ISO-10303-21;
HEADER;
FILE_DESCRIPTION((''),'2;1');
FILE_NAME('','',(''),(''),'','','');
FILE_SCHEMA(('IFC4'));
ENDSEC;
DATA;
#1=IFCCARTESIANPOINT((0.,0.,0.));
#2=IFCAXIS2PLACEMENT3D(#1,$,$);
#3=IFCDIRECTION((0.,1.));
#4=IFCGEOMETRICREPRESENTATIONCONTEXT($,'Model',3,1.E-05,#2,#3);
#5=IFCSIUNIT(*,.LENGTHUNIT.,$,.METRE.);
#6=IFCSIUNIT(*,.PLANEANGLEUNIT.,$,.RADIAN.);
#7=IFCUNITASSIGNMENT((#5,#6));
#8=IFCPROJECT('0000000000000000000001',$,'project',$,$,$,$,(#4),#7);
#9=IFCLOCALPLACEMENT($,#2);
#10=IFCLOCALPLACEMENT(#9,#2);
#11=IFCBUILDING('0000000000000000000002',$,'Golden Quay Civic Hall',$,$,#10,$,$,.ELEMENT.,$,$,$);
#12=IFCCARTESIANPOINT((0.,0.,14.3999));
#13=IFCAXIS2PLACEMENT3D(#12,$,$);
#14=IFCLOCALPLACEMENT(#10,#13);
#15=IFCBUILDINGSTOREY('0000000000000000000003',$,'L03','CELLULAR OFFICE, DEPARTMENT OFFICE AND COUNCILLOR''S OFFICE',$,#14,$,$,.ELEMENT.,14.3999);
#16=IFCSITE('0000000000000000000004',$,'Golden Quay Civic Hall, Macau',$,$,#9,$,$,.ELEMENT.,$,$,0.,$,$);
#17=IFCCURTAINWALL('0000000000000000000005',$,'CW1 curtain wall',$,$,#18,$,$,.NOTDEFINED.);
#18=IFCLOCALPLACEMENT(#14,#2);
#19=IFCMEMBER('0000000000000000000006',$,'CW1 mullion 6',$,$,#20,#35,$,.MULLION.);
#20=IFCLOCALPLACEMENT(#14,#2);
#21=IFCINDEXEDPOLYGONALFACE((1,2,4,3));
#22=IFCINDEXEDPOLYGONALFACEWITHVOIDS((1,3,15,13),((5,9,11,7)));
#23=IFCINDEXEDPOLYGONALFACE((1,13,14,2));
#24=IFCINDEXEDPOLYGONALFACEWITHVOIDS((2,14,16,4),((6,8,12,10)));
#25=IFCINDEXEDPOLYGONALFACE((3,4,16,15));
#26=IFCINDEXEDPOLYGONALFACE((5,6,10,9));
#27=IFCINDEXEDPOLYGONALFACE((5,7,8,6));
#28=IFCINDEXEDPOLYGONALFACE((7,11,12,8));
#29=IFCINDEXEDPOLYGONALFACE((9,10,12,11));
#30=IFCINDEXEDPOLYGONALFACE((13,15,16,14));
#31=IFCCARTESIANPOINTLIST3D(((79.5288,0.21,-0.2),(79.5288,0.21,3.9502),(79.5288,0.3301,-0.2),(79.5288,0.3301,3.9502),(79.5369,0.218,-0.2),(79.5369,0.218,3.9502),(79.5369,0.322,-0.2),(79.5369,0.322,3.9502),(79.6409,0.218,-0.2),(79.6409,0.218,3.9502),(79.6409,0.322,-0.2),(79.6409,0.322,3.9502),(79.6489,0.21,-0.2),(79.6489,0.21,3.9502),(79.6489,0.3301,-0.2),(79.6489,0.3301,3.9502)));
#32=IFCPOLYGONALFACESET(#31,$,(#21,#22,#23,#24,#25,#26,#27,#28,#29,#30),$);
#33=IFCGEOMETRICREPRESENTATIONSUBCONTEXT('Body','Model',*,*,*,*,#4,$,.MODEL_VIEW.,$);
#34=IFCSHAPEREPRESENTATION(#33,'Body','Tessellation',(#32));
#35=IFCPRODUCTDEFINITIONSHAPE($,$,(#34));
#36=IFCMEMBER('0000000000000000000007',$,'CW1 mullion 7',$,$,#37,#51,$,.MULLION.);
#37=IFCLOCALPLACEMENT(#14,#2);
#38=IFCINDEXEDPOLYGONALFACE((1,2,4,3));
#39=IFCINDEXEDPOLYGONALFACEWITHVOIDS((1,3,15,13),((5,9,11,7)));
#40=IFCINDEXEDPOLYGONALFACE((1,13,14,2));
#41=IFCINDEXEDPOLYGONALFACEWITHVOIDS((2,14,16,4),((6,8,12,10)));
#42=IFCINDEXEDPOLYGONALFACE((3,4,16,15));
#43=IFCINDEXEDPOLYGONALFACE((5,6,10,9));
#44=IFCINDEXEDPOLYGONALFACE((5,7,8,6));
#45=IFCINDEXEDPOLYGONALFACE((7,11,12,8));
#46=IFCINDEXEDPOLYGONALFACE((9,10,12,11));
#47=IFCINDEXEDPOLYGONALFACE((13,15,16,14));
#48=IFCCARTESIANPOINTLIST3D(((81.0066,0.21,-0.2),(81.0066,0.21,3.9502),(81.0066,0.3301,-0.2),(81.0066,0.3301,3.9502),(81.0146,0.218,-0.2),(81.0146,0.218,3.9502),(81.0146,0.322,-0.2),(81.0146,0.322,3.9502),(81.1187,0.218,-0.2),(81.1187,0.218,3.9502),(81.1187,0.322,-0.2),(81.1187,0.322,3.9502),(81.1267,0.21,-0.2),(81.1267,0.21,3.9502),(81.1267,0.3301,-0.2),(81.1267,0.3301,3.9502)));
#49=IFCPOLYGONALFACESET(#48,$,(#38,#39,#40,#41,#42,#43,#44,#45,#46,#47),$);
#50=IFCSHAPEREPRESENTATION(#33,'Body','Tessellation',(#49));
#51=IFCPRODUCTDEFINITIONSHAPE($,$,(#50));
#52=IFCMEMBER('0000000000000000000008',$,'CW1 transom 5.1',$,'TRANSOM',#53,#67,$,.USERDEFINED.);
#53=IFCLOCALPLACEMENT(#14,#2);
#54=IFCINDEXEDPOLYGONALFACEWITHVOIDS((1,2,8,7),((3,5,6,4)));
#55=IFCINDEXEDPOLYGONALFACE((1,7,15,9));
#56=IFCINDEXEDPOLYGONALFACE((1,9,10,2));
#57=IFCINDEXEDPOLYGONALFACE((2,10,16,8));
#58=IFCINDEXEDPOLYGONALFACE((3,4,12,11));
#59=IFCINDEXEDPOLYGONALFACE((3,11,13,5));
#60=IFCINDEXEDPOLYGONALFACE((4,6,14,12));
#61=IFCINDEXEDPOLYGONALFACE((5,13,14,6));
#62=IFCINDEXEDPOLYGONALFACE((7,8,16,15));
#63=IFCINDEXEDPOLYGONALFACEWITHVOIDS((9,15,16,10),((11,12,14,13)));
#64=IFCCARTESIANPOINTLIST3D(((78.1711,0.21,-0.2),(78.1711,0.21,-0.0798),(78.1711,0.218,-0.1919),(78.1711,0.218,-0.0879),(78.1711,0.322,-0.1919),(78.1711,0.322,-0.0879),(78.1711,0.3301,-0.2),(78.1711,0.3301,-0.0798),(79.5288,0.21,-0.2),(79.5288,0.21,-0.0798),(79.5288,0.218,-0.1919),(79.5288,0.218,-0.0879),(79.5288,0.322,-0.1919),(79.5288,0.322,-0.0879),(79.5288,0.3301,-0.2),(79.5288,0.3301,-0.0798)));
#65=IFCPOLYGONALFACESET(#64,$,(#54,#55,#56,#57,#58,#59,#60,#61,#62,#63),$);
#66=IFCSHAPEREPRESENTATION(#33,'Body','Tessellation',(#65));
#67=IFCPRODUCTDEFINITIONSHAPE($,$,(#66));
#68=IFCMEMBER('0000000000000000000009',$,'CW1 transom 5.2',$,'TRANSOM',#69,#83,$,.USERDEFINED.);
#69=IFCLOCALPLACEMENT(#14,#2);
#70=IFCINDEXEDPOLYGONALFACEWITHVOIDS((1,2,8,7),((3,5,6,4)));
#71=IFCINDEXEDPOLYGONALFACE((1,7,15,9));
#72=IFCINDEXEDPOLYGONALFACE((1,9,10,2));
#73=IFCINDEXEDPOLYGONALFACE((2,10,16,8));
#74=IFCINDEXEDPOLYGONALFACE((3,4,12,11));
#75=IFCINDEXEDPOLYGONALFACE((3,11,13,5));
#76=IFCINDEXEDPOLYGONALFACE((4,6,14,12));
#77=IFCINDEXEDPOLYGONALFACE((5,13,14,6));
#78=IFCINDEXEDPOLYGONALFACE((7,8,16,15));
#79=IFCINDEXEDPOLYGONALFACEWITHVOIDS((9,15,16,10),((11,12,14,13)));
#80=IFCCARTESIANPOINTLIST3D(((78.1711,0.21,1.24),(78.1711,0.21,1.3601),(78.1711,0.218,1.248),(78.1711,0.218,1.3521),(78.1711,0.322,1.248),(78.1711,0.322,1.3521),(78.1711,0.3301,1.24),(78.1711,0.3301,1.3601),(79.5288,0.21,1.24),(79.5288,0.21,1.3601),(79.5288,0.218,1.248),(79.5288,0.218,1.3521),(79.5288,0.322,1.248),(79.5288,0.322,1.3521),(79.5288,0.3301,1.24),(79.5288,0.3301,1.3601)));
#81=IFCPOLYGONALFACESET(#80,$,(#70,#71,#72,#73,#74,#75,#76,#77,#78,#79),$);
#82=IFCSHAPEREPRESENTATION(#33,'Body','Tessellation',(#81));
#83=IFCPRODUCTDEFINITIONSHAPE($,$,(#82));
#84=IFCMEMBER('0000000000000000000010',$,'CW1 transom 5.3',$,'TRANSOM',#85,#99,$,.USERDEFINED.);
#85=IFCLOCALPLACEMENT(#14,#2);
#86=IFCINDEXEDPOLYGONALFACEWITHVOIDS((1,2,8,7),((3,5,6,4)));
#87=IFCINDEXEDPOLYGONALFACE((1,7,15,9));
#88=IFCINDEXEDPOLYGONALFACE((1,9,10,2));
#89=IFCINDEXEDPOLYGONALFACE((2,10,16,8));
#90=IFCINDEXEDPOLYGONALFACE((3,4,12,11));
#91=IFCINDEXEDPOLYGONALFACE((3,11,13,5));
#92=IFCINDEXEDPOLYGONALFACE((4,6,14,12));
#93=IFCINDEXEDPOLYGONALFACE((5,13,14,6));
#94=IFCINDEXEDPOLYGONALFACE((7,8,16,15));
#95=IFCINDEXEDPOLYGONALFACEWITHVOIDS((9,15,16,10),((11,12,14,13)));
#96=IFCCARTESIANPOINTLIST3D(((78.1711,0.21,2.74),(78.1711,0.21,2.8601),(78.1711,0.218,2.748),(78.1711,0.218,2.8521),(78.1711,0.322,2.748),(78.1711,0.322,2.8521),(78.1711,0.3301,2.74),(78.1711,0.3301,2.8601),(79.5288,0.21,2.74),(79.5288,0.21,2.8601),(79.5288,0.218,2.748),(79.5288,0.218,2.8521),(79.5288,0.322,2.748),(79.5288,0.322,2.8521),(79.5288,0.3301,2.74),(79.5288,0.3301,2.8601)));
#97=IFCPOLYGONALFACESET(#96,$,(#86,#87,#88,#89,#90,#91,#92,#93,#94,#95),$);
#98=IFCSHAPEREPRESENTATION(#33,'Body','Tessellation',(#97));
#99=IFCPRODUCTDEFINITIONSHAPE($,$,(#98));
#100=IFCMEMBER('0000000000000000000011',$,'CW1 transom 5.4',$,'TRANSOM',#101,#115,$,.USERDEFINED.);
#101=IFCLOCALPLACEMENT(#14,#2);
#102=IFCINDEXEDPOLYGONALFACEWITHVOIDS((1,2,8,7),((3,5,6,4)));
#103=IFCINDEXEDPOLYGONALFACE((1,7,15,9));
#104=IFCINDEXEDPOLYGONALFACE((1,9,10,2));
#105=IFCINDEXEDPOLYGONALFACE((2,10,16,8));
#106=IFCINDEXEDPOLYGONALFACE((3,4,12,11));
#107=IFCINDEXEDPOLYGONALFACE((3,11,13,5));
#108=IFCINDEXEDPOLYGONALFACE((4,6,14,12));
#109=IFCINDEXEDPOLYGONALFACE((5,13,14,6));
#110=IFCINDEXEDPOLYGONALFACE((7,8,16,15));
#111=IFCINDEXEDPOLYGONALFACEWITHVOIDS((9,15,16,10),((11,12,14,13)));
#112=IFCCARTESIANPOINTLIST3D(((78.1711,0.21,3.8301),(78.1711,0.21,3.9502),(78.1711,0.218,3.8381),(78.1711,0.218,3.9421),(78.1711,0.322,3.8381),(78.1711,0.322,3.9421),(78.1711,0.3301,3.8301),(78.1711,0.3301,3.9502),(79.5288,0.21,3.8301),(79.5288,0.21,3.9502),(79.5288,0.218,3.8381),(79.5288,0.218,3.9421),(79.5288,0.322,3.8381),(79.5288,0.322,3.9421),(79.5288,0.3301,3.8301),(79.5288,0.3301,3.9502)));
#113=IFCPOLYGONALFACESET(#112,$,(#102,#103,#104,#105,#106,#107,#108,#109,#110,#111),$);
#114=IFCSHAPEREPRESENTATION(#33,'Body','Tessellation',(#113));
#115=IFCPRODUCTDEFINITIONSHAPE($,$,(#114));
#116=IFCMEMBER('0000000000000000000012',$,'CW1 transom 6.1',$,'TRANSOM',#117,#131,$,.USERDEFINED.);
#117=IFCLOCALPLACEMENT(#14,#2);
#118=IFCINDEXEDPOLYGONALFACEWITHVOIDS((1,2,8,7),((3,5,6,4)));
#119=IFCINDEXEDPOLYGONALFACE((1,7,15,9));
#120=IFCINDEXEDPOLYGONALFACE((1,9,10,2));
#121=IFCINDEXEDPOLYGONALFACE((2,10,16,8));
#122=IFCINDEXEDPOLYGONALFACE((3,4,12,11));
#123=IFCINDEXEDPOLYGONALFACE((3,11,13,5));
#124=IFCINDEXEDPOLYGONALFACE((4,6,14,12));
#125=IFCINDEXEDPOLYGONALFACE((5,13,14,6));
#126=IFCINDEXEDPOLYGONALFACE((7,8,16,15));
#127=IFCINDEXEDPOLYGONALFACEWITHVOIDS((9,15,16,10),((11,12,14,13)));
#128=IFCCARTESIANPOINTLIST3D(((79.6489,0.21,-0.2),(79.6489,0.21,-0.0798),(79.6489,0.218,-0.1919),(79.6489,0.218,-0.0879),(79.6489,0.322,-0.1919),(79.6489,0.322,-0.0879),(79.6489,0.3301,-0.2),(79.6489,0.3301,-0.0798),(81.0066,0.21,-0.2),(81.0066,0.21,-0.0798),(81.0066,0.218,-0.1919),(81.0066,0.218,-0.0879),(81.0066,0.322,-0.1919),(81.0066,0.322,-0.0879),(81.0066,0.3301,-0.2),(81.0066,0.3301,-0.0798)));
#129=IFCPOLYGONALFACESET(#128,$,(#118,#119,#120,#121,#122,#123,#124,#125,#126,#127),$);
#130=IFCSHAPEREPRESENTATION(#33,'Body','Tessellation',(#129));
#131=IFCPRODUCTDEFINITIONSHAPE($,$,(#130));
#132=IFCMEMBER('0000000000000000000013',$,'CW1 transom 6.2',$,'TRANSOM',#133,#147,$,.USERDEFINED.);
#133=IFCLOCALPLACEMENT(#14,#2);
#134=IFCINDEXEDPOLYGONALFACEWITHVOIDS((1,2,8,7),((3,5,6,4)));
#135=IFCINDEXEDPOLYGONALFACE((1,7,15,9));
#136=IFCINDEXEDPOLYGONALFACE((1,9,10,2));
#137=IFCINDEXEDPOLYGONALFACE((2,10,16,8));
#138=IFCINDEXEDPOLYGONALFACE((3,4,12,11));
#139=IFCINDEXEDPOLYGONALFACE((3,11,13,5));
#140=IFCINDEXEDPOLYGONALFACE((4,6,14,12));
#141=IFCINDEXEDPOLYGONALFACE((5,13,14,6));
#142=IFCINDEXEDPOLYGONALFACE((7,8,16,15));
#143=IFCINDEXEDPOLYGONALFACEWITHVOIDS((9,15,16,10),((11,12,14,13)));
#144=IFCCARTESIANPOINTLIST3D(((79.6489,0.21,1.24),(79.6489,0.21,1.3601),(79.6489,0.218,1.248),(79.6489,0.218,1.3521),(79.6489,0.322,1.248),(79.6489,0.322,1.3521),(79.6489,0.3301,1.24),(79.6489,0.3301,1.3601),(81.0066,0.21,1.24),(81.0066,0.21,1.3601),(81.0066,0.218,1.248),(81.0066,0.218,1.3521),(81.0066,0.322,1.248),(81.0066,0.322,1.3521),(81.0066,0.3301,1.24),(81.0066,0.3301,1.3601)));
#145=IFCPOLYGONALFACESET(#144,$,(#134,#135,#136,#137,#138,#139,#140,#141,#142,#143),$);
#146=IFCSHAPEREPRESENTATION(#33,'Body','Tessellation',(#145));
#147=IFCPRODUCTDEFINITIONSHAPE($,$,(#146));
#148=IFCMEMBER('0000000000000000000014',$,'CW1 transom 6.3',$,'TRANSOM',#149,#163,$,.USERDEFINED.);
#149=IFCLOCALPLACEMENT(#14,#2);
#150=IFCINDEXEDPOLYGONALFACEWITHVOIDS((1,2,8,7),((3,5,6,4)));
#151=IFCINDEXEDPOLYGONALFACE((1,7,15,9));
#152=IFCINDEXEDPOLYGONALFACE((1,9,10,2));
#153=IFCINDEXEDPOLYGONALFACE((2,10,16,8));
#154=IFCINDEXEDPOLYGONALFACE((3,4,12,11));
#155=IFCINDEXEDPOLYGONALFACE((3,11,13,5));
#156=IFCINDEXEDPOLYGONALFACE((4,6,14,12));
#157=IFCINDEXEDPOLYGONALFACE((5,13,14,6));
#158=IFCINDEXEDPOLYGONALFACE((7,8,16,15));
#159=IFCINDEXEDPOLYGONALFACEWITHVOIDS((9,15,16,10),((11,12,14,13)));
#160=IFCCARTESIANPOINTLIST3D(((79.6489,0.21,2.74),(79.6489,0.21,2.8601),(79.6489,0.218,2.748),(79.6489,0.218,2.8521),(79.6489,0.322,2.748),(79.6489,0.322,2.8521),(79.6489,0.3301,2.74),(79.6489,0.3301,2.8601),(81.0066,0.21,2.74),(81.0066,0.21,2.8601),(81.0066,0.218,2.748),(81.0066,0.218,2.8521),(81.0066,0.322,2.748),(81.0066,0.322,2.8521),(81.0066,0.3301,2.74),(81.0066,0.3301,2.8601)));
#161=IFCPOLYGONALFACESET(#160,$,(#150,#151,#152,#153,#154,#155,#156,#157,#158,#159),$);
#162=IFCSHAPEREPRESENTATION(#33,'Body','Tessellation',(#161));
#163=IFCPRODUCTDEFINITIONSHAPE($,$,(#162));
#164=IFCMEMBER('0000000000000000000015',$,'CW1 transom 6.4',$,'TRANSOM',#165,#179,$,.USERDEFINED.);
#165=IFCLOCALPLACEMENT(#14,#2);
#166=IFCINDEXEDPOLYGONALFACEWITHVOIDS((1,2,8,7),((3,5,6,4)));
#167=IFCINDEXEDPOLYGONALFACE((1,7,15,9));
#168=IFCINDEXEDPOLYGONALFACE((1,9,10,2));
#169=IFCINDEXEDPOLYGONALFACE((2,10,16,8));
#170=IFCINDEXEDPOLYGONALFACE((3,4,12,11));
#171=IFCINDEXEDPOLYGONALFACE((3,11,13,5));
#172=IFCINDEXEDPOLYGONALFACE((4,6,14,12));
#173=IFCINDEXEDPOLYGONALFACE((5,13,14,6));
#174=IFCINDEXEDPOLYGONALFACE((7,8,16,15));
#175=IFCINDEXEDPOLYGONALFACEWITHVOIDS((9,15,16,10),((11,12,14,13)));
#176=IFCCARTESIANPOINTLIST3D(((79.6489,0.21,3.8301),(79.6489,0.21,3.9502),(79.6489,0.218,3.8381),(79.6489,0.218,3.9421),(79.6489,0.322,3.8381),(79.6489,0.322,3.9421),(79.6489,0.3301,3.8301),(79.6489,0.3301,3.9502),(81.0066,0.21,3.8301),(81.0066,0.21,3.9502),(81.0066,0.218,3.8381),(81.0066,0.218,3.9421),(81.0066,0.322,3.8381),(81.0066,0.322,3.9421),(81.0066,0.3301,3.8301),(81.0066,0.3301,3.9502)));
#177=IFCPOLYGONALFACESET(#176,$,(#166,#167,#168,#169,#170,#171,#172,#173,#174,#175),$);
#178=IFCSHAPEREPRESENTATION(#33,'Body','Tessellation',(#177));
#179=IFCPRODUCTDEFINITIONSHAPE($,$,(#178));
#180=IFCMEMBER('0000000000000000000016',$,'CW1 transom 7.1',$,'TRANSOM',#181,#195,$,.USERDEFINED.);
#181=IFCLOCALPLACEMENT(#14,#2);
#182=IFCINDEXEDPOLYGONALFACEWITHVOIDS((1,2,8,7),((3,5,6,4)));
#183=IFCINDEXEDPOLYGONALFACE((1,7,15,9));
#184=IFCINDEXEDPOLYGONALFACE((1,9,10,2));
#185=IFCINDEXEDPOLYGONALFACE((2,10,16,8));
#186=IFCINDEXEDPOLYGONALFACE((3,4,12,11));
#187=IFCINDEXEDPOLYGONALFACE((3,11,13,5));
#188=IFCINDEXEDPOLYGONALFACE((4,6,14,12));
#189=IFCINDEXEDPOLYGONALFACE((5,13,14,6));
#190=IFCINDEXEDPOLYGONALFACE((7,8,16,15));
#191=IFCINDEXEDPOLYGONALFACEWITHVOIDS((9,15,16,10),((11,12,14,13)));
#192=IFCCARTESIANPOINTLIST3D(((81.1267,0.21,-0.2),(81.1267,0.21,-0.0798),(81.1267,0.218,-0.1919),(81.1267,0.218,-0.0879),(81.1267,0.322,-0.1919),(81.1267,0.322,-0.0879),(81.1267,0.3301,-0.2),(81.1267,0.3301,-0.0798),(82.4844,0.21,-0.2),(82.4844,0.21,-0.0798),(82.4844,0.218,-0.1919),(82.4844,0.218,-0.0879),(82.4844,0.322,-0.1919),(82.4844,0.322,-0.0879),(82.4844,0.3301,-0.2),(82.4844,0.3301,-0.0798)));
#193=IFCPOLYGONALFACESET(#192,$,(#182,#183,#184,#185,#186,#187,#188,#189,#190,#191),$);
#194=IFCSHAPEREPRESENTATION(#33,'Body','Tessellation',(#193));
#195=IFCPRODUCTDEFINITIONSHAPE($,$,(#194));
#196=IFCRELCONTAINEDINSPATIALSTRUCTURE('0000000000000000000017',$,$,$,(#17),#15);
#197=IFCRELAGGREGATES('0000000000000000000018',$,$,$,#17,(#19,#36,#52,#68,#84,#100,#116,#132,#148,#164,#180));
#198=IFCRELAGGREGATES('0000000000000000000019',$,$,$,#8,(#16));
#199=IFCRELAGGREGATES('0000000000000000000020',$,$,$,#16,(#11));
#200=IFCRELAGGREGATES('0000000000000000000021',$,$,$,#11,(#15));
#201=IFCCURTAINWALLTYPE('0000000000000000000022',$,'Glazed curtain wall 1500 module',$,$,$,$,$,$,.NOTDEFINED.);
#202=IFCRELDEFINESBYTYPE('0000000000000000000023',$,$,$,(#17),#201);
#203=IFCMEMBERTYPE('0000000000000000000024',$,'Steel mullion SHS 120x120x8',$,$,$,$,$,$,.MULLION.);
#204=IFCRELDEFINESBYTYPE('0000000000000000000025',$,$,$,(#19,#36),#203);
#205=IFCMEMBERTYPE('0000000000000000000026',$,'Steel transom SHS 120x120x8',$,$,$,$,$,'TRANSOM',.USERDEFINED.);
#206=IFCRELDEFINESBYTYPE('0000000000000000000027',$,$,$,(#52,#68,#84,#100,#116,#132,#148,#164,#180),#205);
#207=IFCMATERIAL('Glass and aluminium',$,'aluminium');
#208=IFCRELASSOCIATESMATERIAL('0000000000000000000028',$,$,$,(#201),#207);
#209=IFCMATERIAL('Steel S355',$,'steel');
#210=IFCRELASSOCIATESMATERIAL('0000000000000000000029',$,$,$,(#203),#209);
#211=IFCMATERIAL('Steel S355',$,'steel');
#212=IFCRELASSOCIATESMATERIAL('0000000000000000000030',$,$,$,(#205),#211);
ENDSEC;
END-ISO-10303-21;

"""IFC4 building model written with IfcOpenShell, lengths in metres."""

from ifc_helpers import new_model, si_unit, direction, frame, origin, origin_2d, place, context, subcontext, project, spatial, hollow_rectangle, extrude, material, material_profile, profile_set, type_object, element, aggregate, save


model = new_model("IFC4")

# Units and contexts
model_context = context("Model", 3, precision=1e-05, world=origin(), true_north=direction((0.0, 1.0)))
body_context = subcontext(model_context, "Body", "Model", "MODEL_VIEW")
ifc_project = project(units=[si_unit("LENGTHUNIT", "METRE"), si_unit("PLANEANGLEUNIT", "RADIAN")], contexts=[model_context])

# Site, building, storey
site_placement = place(None, origin())
site = spatial("IfcSite", under=ifc_project, at=site_placement, Name="Golden Quay Civic Hall, Macau", CompositionType="ELEMENT", RefElevation=0.0)
building_placement = place(site_placement, origin())
building = spatial("IfcBuilding", under=site, at=building_placement, Name="Golden Quay Civic Hall", CompositionType="ELEMENT")
storey_placement = place(building_placement, frame((0.0, 0.0, 14.3999)))
storey = spatial("IfcBuildingStorey", under=building, at=storey_placement, Name="L03", Description="CELLULAR OFFICE, DEPARTMENT OFFICE AND COUNCILLOR'S OFFICE", CompositionType="ELEMENT", Elevation=14.3999)

# Curtain wall, members
ifc_material_1 = material(Name="Glass and aluminium", Category="aluminium")
curtain_wall_type = type_object("IfcCurtainWallType", Name="Glazed curtain wall 1500 module", PredefinedType="NOTDEFINED", material=ifc_material_1)
curtain_wall_placement = place(storey_placement, origin())
curtain_wall = element("IfcCurtainWall", 1, at=curtain_wall_placement, inside=storey, type_object=curtain_wall_type, Name="CW1 curtain wall", PredefinedType="NOTDEFINED")
ifc_material_2 = material(Name="Steel S355", Category="steel")
ifc_material_profile_1 = material_profile(ifc_material_2, hollow_rectangle(XDim=0.1201, YDim=0.1201, WallThickness=0.0081, at=origin_2d()), Name="SHS 120x120x8")
ifc_profile_set_1 = profile_set([ifc_material_profile_1], Name="Steel S355")
member_type_1 = type_object("IfcMemberType", Name="Steel mullion SHS 120x120x8", PredefinedType="MULLION", material=ifc_profile_set_1)
member_1_placement = place(storey_placement, frame((79.5889, 0.27, -0.2), z_axis=(0.0, 0.0, 1.0), x_axis=(0.0, 1.0, 0.0)))
member_1 = element("IfcMember", 2, at=member_1_placement, type_object=member_type_1, Name="CW1 mullion 6", PredefinedType="MULLION", context=body_context, shape_type="SweptSolid", body=[
    extrude(hollow_rectangle(XDim=0.1201, YDim=0.1201, WallThickness=0.0081, at=origin_2d()), origin(), (0.0, 0.0, 1.0), 4.1501),
])
member_2_placement = place(storey_placement, frame((81.0667, 0.27, -0.2), z_axis=(0.0, 0.0, 1.0), x_axis=(0.0, 1.0, 0.0)))
member_2 = element("IfcMember", 3, at=member_2_placement, type_object=member_type_1, Name="CW1 mullion 7", PredefinedType="MULLION", context=body_context, shape_type="SweptSolid", body=[
    extrude(hollow_rectangle(XDim=0.1201, YDim=0.1201, WallThickness=0.0081, at=origin_2d()), origin(), (0.0, 0.0, 1.0), 4.1501),
])
ifc_material_3 = material(Name="Steel S355", Category="steel")
ifc_material_profile_2 = material_profile(ifc_material_3, hollow_rectangle(XDim=0.1201, YDim=0.1201, WallThickness=0.0081, at=origin_2d()), Name="SHS 120x120x8")
ifc_profile_set_2 = profile_set([ifc_material_profile_2], Name="Steel S355")
member_type_2 = type_object("IfcMemberType", Name="Steel transom SHS 120x120x8", ElementType="TRANSOM", PredefinedType="USERDEFINED", material=ifc_profile_set_2)
member_3_placement = place(storey_placement, frame((78.1711, 0.27, -0.1399), z_axis=(1.0, 0.0, 0.0), x_axis=(0.0, 1.0, 0.0)))
member_3 = element("IfcMember", 4, at=member_3_placement, type_object=member_type_2, Name="CW1 transom 5.1", ObjectType="TRANSOM", PredefinedType="USERDEFINED", context=body_context, shape_type="SweptSolid", body=[
    extrude(hollow_rectangle(XDim=0.1201, YDim=0.1201, WallThickness=0.0081, at=origin_2d()), origin(), (0.0, 0.0, 1.0), 1.3577),
])
member_4_placement = place(storey_placement, frame((78.1711, 0.27, 1.3), z_axis=(1.0, 0.0, 0.0), x_axis=(0.0, 1.0, 0.0)))
member_4 = element("IfcMember", 5, at=member_4_placement, type_object=member_type_2, Name="CW1 transom 5.2", ObjectType="TRANSOM", PredefinedType="USERDEFINED", context=body_context, shape_type="SweptSolid", body=[
    extrude(hollow_rectangle(XDim=0.1201, YDim=0.1201, WallThickness=0.0081, at=origin_2d()), origin(), (0.0, 0.0, 1.0), 1.3577),
])
member_5_placement = place(storey_placement, frame((78.1711, 0.27, 2.8), z_axis=(1.0, 0.0, 0.0), x_axis=(0.0, 1.0, 0.0)))
member_5 = element("IfcMember", 6, at=member_5_placement, type_object=member_type_2, Name="CW1 transom 5.3", ObjectType="TRANSOM", PredefinedType="USERDEFINED", context=body_context, shape_type="SweptSolid", body=[
    extrude(hollow_rectangle(XDim=0.1201, YDim=0.1201, WallThickness=0.0081, at=origin_2d()), origin(), (0.0, 0.0, 1.0), 1.3577),
])
member_6_placement = place(storey_placement, frame((78.1711, 0.27, 3.8901), z_axis=(1.0, 0.0, 0.0), x_axis=(0.0, 1.0, 0.0)))
member_6 = element("IfcMember", 7, at=member_6_placement, type_object=member_type_2, Name="CW1 transom 5.4", ObjectType="TRANSOM", PredefinedType="USERDEFINED", context=body_context, shape_type="SweptSolid", body=[
    extrude(hollow_rectangle(XDim=0.1201, YDim=0.1201, WallThickness=0.0081, at=origin_2d()), origin(), (0.0, 0.0, 1.0), 1.3577),
])
member_7_placement = place(storey_placement, frame((79.6489, 0.27, -0.1399), z_axis=(1.0, 0.0, 0.0), x_axis=(0.0, 1.0, 0.0)))
member_7 = element("IfcMember", 8, at=member_7_placement, type_object=member_type_2, Name="CW1 transom 6.1", ObjectType="TRANSOM", PredefinedType="USERDEFINED", context=body_context, shape_type="SweptSolid", body=[
    extrude(hollow_rectangle(XDim=0.1201, YDim=0.1201, WallThickness=0.0081, at=origin_2d()), origin(), (0.0, 0.0, 1.0), 1.3577),
])
member_8_placement = place(storey_placement, frame((79.6489, 0.27, 1.3), z_axis=(1.0, 0.0, 0.0), x_axis=(0.0, 1.0, 0.0)))
member_8 = element("IfcMember", 9, at=member_8_placement, type_object=member_type_2, Name="CW1 transom 6.2", ObjectType="TRANSOM", PredefinedType="USERDEFINED", context=body_context, shape_type="SweptSolid", body=[
    extrude(hollow_rectangle(XDim=0.1201, YDim=0.1201, WallThickness=0.0081, at=origin_2d()), origin(), (0.0, 0.0, 1.0), 1.3577),
])
member_9_placement = place(storey_placement, frame((79.6489, 0.27, 2.8), z_axis=(1.0, 0.0, 0.0), x_axis=(0.0, 1.0, 0.0)))
member_9 = element("IfcMember", 10, at=member_9_placement, type_object=member_type_2, Name="CW1 transom 6.3", ObjectType="TRANSOM", PredefinedType="USERDEFINED", context=body_context, shape_type="SweptSolid", body=[
    extrude(hollow_rectangle(XDim=0.1201, YDim=0.1201, WallThickness=0.0081, at=origin_2d()), origin(), (0.0, 0.0, 1.0), 1.3577),
])
member_10_placement = place(storey_placement, frame((79.6489, 0.27, 3.8901), z_axis=(1.0, 0.0, 0.0), x_axis=(0.0, 1.0, 0.0)))
member_10 = element("IfcMember", 11, at=member_10_placement, type_object=member_type_2, Name="CW1 transom 6.4", ObjectType="TRANSOM", PredefinedType="USERDEFINED", context=body_context, shape_type="SweptSolid", body=[
    extrude(hollow_rectangle(XDim=0.1201, YDim=0.1201, WallThickness=0.0081, at=origin_2d()), origin(), (0.0, 0.0, 1.0), 1.3577),
])
member_11_placement = place(storey_placement, frame((81.1267, 0.27, -0.1399), z_axis=(1.0, 0.0, 0.0), x_axis=(0.0, 1.0, 0.0)))
member_11 = element("IfcMember", 12, at=member_11_placement, type_object=member_type_2, Name="CW1 transom 7.1", ObjectType="TRANSOM", PredefinedType="USERDEFINED", context=body_context, shape_type="SweptSolid", body=[
    extrude(hollow_rectangle(XDim=0.1201, YDim=0.1201, WallThickness=0.0081, at=origin_2d()), origin(), (0.0, 0.0, 1.0), 1.3577),
])
aggregate(curtain_wall, [member_1, member_2, member_3, member_4, member_5, member_6, member_7, member_8, member_9, member_10, member_11])

save(model, "model.ifc")
